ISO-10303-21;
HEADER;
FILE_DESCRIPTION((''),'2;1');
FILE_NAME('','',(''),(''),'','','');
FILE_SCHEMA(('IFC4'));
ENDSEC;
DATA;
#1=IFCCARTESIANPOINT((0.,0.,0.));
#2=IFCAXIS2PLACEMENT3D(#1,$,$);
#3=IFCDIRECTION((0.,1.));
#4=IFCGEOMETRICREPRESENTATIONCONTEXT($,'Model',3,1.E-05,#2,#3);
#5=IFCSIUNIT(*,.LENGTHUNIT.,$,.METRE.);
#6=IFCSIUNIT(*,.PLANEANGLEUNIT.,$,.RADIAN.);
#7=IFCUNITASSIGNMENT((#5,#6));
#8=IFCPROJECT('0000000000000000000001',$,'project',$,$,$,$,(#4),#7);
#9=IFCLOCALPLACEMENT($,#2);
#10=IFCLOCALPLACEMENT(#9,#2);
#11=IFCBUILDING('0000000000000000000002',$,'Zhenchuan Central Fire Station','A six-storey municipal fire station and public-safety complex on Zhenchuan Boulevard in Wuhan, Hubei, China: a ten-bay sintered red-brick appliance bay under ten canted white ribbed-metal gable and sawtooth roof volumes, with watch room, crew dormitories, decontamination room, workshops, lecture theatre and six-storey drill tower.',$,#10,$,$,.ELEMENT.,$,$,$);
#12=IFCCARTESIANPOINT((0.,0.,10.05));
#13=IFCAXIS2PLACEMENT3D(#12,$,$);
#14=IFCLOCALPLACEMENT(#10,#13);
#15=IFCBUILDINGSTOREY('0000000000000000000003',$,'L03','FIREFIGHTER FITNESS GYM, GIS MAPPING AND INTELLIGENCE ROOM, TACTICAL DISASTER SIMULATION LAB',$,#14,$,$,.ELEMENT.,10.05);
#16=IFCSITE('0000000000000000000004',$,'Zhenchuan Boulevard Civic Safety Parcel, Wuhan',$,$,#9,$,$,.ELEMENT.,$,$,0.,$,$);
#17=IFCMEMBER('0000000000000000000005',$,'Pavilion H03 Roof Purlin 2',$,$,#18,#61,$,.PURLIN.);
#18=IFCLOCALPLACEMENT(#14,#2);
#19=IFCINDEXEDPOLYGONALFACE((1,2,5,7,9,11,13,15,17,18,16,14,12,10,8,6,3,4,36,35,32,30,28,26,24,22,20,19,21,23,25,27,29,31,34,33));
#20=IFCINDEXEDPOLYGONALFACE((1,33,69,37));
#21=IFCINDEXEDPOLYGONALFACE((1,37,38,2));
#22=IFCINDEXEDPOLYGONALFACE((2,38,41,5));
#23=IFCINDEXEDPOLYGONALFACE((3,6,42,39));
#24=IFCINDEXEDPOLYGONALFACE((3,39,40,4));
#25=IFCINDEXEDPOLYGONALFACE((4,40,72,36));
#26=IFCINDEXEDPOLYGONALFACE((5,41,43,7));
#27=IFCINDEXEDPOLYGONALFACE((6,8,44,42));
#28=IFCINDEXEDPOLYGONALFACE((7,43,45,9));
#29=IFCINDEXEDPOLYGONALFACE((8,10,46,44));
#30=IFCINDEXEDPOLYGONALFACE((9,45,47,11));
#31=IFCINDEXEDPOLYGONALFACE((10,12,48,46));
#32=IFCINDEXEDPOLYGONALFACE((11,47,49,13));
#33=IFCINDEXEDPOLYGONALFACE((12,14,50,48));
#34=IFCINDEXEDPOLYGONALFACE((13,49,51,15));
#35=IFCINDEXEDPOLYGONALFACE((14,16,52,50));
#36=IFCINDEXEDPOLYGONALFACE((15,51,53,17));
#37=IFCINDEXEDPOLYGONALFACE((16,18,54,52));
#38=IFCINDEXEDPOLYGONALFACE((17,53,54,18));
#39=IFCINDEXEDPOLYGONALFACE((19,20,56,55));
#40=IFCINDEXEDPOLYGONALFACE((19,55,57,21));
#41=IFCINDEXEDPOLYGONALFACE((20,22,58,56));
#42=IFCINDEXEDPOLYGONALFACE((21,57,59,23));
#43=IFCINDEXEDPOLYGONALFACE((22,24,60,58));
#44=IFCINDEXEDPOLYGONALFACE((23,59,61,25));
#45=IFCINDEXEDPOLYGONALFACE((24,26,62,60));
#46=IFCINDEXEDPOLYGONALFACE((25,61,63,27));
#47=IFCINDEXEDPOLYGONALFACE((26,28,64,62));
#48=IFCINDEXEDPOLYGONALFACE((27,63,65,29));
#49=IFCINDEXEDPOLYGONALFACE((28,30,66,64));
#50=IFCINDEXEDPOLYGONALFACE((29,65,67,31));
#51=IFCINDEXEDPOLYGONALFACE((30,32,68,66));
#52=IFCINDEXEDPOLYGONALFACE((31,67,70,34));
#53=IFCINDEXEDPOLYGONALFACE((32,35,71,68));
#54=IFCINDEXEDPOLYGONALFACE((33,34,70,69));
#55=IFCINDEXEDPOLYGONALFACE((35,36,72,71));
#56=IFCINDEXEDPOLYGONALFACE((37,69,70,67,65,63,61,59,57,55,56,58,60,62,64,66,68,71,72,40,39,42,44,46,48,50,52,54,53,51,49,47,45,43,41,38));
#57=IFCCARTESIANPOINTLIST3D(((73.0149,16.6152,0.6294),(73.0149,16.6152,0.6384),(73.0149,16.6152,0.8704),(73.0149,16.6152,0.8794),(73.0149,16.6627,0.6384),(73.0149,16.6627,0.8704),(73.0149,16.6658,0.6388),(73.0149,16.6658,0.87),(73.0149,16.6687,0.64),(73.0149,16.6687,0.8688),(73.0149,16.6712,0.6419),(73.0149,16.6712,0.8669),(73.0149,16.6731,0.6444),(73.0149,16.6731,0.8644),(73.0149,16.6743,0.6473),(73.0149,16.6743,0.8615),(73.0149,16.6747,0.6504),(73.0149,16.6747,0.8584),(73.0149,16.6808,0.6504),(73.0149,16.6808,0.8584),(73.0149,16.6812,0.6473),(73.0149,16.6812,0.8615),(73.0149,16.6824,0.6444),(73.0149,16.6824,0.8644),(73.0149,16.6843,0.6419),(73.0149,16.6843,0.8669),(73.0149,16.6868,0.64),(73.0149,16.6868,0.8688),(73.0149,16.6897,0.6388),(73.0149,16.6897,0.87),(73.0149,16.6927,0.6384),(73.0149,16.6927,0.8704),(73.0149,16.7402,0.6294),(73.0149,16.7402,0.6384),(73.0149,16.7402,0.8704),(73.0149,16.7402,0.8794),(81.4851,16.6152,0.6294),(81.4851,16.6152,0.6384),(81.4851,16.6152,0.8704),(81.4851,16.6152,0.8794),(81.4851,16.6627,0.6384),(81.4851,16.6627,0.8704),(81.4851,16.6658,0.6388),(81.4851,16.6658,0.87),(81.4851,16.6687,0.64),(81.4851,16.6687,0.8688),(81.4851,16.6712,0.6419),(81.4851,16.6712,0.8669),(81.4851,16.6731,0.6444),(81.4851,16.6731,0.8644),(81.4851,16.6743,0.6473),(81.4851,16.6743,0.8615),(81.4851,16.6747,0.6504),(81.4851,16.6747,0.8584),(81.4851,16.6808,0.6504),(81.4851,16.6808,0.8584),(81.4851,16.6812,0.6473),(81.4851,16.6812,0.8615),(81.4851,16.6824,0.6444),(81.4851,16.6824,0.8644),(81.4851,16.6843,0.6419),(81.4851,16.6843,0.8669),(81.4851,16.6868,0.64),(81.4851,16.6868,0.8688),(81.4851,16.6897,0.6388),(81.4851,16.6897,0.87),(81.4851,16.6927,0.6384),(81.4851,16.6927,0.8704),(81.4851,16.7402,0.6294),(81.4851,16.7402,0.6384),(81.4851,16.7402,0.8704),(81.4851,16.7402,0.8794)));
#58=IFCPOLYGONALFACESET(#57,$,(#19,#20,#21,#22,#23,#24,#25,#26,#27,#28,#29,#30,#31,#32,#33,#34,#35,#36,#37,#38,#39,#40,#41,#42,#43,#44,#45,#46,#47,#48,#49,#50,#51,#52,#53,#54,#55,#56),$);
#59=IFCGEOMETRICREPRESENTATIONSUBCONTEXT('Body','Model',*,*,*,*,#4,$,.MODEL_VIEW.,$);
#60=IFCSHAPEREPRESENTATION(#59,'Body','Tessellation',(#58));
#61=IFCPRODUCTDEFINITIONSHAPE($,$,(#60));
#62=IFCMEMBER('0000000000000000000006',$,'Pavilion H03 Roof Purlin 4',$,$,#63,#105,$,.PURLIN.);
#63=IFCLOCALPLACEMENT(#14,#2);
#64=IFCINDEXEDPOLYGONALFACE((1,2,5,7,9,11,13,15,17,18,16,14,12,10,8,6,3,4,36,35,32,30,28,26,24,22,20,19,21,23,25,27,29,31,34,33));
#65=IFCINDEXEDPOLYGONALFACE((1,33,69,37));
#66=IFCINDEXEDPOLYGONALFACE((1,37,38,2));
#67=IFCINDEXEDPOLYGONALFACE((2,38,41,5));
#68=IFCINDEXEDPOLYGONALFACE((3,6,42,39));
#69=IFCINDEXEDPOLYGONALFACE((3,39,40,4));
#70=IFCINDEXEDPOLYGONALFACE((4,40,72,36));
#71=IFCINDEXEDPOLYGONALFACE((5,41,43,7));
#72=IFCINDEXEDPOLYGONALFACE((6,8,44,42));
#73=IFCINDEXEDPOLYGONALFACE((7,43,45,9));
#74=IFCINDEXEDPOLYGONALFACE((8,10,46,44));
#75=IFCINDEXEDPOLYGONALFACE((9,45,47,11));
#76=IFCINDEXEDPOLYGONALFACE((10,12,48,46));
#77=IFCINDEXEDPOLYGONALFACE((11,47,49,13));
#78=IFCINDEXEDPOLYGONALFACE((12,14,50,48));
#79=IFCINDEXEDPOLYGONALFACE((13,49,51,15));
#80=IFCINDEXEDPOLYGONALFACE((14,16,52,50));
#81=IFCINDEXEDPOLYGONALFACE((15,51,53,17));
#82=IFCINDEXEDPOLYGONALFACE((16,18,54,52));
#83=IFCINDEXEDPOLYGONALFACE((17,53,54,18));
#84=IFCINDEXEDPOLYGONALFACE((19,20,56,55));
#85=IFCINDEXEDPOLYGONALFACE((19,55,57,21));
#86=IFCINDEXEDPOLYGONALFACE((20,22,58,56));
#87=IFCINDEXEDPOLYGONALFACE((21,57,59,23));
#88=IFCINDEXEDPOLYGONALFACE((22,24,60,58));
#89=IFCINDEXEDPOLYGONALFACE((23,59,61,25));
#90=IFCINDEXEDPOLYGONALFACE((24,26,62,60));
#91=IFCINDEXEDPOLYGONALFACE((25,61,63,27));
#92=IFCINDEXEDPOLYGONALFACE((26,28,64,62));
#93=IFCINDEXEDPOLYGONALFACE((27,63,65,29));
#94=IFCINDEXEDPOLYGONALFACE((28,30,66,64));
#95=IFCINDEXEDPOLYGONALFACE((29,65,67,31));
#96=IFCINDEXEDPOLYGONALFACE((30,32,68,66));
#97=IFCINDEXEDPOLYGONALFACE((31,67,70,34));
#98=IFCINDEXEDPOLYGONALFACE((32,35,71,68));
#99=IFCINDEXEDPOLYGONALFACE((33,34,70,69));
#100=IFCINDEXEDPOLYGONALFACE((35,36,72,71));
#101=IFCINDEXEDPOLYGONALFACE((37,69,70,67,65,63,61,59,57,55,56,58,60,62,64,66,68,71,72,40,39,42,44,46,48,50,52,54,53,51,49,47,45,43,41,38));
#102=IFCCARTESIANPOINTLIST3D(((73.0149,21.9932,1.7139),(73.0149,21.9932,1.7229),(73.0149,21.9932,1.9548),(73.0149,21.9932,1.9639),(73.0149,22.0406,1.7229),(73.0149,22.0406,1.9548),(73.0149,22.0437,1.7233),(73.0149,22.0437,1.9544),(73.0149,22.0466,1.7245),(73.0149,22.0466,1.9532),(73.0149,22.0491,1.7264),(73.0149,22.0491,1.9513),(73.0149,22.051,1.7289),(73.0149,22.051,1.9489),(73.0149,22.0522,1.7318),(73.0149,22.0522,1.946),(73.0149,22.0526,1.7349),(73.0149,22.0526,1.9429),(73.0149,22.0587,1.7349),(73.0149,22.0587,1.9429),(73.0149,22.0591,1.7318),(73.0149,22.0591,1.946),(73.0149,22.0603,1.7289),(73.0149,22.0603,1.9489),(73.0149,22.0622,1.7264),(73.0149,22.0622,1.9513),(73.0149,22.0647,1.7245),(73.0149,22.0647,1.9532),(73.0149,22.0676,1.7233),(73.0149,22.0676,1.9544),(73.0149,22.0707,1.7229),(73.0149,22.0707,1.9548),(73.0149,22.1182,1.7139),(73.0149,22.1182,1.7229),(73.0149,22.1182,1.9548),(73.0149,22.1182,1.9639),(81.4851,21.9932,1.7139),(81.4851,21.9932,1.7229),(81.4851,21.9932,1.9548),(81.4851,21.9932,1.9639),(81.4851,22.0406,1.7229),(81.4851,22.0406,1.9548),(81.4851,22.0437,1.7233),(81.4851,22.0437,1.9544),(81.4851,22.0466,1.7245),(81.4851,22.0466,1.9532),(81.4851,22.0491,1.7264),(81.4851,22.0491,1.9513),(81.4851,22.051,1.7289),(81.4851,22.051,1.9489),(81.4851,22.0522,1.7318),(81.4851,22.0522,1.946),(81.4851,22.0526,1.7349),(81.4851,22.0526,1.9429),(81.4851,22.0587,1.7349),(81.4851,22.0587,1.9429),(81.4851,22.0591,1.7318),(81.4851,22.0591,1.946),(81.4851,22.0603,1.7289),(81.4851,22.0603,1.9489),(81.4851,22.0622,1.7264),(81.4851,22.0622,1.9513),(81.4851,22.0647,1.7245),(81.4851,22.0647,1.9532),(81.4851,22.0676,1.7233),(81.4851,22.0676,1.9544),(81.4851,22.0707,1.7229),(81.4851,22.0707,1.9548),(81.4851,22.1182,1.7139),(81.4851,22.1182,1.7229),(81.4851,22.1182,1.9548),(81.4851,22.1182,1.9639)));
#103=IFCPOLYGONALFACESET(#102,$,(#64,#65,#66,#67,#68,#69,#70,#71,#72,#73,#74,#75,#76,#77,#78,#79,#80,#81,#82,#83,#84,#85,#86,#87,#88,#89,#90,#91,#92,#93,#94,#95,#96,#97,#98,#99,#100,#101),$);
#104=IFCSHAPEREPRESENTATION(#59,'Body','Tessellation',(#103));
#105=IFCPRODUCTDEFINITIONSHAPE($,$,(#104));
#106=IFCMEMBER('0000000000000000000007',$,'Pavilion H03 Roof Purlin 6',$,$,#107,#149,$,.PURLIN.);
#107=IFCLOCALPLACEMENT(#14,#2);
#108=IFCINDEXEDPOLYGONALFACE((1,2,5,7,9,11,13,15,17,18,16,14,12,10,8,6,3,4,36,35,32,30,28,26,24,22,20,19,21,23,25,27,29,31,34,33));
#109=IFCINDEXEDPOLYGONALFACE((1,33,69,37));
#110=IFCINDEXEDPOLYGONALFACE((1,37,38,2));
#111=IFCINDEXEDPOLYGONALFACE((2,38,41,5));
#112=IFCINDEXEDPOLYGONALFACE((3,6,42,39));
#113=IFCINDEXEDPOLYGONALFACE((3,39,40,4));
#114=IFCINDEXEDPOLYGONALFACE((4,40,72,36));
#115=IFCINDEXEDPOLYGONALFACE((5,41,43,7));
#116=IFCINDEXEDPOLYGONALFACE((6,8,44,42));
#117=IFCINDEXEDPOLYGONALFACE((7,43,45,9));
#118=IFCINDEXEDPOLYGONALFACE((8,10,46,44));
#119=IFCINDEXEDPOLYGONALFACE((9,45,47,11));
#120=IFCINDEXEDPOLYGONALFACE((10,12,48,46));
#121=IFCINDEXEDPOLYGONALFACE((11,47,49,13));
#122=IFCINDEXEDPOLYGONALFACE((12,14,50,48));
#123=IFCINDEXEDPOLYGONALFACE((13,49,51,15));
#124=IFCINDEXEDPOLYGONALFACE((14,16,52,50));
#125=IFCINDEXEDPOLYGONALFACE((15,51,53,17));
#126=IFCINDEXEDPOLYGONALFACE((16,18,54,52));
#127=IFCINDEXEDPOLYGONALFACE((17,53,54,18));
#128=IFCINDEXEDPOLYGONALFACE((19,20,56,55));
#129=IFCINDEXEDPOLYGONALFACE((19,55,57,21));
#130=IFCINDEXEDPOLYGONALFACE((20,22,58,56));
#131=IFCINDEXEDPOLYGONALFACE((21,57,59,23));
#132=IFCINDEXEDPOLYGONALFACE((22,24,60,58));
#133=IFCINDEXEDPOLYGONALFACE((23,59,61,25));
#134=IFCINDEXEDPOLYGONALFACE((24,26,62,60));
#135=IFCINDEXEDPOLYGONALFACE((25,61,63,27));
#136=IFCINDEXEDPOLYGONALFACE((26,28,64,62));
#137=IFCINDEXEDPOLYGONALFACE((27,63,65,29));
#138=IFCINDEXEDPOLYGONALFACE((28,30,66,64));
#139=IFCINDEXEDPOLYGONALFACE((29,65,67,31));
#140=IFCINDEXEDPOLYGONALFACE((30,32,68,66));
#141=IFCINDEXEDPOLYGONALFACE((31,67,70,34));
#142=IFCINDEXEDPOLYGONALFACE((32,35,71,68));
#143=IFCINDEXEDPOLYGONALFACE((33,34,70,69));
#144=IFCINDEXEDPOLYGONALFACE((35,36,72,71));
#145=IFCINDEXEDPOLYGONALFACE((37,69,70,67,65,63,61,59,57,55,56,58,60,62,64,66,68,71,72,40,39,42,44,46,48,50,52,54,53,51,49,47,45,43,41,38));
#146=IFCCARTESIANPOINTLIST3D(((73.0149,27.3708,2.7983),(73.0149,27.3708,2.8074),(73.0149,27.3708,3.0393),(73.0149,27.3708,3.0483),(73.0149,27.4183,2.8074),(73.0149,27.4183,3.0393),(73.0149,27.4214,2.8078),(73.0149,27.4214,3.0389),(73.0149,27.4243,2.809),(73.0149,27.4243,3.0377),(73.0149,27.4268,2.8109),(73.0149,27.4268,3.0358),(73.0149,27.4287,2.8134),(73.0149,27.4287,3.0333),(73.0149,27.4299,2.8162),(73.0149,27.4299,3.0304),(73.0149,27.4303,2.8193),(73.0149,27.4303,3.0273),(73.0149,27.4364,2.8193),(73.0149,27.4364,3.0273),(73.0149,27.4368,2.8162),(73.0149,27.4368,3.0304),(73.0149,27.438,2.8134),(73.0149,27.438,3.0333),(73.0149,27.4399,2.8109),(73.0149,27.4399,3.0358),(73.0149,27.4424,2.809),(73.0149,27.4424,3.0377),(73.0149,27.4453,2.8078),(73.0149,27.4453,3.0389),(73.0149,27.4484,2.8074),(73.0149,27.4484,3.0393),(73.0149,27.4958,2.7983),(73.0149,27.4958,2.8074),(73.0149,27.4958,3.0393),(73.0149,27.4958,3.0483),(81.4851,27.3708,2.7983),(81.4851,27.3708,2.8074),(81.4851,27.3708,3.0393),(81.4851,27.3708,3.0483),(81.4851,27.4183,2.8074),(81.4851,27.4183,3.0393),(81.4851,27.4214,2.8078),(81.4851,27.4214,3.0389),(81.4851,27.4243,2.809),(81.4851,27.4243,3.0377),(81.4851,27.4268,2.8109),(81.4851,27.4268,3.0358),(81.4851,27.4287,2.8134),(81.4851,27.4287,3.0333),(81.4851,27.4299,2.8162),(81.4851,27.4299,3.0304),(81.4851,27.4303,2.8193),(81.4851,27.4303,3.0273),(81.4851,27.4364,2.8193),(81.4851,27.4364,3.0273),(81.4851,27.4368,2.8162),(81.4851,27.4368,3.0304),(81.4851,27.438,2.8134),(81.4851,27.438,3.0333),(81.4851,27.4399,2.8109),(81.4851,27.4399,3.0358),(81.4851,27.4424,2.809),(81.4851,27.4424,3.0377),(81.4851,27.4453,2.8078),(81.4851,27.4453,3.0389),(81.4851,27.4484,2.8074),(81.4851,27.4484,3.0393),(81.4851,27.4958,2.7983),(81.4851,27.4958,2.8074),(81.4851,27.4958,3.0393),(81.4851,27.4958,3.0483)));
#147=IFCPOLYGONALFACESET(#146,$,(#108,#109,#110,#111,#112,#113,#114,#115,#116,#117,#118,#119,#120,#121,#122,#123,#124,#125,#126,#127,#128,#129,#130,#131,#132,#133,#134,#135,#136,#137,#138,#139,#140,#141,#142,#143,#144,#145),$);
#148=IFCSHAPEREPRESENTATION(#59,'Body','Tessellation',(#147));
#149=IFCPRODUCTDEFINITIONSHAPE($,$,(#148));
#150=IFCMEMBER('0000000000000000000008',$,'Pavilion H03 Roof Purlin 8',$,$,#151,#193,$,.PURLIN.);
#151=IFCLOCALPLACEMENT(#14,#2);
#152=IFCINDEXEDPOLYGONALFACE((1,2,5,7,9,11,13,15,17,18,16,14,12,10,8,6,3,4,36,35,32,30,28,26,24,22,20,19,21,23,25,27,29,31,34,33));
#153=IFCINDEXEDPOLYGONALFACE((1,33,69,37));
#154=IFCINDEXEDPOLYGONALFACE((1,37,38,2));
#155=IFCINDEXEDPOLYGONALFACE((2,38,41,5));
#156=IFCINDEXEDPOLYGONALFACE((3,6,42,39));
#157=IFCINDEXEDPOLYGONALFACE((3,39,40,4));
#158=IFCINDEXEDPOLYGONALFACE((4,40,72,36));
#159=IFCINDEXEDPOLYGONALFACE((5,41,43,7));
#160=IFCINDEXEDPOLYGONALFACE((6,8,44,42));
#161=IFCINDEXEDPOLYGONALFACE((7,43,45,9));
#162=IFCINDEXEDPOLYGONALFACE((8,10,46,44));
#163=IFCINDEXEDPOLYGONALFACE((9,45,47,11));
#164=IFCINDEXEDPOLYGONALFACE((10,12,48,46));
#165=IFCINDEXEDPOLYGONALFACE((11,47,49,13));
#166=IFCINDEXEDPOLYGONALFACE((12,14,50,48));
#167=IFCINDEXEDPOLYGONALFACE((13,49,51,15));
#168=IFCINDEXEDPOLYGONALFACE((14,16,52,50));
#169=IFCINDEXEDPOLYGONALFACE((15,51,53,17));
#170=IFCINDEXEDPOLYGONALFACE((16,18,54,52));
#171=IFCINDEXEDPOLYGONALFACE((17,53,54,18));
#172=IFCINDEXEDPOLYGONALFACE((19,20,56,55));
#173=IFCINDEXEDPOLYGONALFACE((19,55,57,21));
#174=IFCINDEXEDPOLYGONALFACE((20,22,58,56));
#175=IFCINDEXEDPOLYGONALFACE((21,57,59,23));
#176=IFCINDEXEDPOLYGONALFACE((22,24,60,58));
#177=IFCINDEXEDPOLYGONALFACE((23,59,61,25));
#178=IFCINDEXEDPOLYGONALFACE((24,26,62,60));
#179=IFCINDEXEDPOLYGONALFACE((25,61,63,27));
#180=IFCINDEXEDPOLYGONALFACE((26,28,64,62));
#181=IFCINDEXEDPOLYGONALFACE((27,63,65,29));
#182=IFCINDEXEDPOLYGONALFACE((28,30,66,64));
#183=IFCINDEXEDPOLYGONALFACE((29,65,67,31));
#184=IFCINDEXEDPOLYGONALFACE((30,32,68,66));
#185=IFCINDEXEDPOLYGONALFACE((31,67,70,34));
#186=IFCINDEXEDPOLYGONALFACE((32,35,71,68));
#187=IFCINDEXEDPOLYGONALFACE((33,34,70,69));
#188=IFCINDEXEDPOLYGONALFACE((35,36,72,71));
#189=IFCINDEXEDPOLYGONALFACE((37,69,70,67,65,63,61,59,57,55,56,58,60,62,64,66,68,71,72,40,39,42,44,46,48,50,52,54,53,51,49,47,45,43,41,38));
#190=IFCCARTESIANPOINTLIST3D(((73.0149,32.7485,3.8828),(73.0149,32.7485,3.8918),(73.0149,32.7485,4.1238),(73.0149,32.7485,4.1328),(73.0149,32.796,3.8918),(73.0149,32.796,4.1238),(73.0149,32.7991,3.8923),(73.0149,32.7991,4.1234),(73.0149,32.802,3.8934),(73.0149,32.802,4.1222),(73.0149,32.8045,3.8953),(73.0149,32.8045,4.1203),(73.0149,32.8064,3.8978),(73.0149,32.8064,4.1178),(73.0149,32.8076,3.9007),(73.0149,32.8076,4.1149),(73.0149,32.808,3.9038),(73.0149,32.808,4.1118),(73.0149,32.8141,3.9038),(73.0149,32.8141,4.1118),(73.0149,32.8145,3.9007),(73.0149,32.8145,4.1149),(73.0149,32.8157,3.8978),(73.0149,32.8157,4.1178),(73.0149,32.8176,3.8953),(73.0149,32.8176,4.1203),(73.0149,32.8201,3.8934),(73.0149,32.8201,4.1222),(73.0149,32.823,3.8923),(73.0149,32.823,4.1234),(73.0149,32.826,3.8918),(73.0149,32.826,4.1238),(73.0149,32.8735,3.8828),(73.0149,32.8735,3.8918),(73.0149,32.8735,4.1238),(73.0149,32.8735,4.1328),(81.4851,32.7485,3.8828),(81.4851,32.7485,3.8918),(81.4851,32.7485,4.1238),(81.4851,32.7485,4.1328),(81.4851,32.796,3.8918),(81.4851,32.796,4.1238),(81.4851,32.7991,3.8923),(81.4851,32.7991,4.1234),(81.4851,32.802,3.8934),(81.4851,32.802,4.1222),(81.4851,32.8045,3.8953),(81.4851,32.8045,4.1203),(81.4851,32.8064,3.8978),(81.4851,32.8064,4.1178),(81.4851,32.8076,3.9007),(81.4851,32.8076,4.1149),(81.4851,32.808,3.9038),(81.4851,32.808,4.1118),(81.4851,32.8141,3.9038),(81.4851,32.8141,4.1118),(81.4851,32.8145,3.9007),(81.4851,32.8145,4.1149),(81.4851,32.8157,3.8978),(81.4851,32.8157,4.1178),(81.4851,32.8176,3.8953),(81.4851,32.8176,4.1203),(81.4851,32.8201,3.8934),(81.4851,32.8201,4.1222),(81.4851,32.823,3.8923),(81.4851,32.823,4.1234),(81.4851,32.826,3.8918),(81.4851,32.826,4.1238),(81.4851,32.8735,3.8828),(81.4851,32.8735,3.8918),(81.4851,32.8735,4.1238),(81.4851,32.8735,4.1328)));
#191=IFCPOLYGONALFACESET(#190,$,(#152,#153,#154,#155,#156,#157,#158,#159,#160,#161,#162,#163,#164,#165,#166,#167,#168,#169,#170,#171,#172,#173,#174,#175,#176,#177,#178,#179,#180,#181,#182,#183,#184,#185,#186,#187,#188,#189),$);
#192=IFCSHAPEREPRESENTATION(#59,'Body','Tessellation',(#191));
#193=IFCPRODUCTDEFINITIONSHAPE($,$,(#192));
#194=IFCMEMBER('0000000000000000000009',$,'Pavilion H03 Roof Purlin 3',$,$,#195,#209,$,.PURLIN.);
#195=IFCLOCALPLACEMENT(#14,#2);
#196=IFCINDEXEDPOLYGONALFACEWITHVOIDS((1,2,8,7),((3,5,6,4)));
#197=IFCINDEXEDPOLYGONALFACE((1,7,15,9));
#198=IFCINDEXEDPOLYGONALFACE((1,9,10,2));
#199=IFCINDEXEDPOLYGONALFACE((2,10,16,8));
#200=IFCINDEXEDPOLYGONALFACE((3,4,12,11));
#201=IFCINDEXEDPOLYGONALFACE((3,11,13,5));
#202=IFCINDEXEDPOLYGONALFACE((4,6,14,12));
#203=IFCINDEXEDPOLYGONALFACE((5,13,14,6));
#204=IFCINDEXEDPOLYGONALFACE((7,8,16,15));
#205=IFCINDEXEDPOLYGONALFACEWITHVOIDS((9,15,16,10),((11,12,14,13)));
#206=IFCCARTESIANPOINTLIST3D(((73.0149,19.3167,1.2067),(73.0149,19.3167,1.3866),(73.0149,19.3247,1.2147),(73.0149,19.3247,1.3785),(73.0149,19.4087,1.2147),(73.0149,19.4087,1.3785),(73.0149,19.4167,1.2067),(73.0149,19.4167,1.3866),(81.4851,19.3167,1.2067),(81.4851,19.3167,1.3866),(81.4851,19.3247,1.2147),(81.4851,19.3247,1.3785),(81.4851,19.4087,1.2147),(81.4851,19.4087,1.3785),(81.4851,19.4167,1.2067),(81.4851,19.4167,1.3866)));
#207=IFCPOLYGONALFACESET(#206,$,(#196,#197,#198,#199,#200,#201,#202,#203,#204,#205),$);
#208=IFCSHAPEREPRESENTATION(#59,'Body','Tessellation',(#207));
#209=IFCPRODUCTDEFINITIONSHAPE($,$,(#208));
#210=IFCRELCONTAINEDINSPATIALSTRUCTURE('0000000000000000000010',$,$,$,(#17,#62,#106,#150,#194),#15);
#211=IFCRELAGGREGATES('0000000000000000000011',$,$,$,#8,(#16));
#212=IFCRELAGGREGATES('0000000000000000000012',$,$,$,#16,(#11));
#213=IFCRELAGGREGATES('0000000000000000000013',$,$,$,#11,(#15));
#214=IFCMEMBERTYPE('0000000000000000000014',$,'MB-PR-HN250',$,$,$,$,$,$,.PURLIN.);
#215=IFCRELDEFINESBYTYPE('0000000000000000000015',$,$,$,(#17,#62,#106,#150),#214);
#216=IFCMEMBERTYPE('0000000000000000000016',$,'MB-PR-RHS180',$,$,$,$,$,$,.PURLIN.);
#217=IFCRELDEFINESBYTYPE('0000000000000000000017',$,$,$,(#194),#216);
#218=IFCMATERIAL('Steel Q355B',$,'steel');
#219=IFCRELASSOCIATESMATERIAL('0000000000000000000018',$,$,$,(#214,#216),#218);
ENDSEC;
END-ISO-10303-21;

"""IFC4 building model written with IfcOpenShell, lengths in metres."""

from ifc_helpers import new_model, si_unit, direction, frame, origin, origin_2d, place, context, subcontext, project, spatial, hollow_rectangle, i_section, extrude, material, material_profile, profile_set, type_object, element, save


model = new_model("IFC4")

# Units and contexts
model_context = context("Model", 3, precision=1e-05, world=origin(), true_north=direction((0.0, 1.0)))
body_context = subcontext(model_context, "Body", "Model", "MODEL_VIEW")
ifc_project = project(units=[si_unit("LENGTHUNIT", "METRE"), si_unit("PLANEANGLEUNIT", "RADIAN")], contexts=[model_context])

# Site, building, storey
site_placement = place(None, origin())
site = spatial("IfcSite", under=ifc_project, at=site_placement, Name="Zhenchuan Boulevard Civic Safety Parcel, Wuhan", CompositionType="ELEMENT", RefElevation=0.0)
building_placement = place(site_placement, origin())
building = spatial("IfcBuilding", under=site, at=building_placement, Name="Zhenchuan Central Fire Station", Description="A six-storey municipal fire station and public-safety complex on Zhenchuan Boulevard in Wuhan, Hubei, China: a ten-bay sintered red-brick appliance bay under ten canted white ribbed-metal gable and sawtooth roof volumes, with watch room, crew dormitories, decontamination room, workshops, lecture theatre and six-storey drill tower.", CompositionType="ELEMENT")
storey_placement = place(building_placement, frame((0.0, 0.0, 10.05)))
storey = spatial("IfcBuildingStorey", under=building, at=storey_placement, Name="L03", Description="FIREFIGHTER FITNESS GYM, GIS MAPPING AND INTELLIGENCE ROOM, TACTICAL DISASTER SIMULATION LAB", CompositionType="ELEMENT", Elevation=10.05)

# Members
ifc_material = material(Name="Steel Q355B", Category="steel")
ifc_material_profile_1 = material_profile(ifc_material, i_section(OverallWidth=0.125, OverallDepth=0.25, WebThickness=0.0061, FlangeThickness=0.009, FilletRadius=0.012, at=origin_2d()), Name="HN 250x125")
ifc_profile_set_1 = profile_set([ifc_material_profile_1], Name="Steel Q355B")
member_type_1 = type_object("IfcMemberType", Name="MB-PR-HN250", PredefinedType="PURLIN", material=ifc_profile_set_1)
for number, where, z_axis, x_axis, name in (
    (1, (73.0149, 16.6777, 0.7544), (1.0, 0.0, 0.0), (0.0, 1.0, 0.0), "Pavilion H03 Roof Purlin 2"),
    (2, (73.0149, 22.0557, 1.8389), (1.0, 0.0, 0.0), (0.0, 1.0, 0.0), "Pavilion H03 Roof Purlin 4"),
    (3, (73.0149, 27.4333, 2.9233), (1.0, 0.0, 0.0), (0.0, 1.0, 0.0), "Pavilion H03 Roof Purlin 6"),
    (4, (73.0149, 32.811, 4.0078), (1.0, 0.0, 0.0), (0.0, 1.0, 0.0), "Pavilion H03 Roof Purlin 8"),
):
    element("IfcMember", number, at=place(storey_placement, frame(where, z_axis=z_axis, x_axis=x_axis)), inside=storey, type_object=member_type_1, Name=name, PredefinedType="PURLIN", context=body_context, shape_type="SweptSolid", body=[
        extrude(i_section(OverallWidth=0.125, OverallDepth=0.25, WebThickness=0.0061, FlangeThickness=0.009, FilletRadius=0.012, at=origin_2d()), origin(), (0.0, 0.0, 1.0), 8.4702),
    ])
ifc_material_profile_2 = material_profile(ifc_material, hollow_rectangle(XDim=0.1001, YDim=0.1799, WallThickness=0.0081, at=origin_2d()), Name="RHS 180x100x8")
ifc_profile_set_2 = profile_set([ifc_material_profile_2], Name="Steel Q355B")
member_type_2 = type_object("IfcMemberType", Name="MB-PR-RHS180", PredefinedType="PURLIN", material=ifc_profile_set_2)
for number, where, z_axis, x_axis, name in (
    (5, (73.0149, 19.3667, 1.2966), (1.0, 0.0, 0.0), (0.0, 1.0, 0.0), "Pavilion H03 Roof Purlin 3"),
):
    element("IfcMember", number, at=place(storey_placement, frame(where, z_axis=z_axis, x_axis=x_axis)), inside=storey, type_object=member_type_2, Name=name, PredefinedType="PURLIN", context=body_context, shape_type="SweptSolid", body=[
        extrude(hollow_rectangle(XDim=0.1001, YDim=0.1799, WallThickness=0.0081, at=origin_2d()), origin(), (0.0, 0.0, 1.0), 8.4702),
    ])

save(model, "model.ifc")
